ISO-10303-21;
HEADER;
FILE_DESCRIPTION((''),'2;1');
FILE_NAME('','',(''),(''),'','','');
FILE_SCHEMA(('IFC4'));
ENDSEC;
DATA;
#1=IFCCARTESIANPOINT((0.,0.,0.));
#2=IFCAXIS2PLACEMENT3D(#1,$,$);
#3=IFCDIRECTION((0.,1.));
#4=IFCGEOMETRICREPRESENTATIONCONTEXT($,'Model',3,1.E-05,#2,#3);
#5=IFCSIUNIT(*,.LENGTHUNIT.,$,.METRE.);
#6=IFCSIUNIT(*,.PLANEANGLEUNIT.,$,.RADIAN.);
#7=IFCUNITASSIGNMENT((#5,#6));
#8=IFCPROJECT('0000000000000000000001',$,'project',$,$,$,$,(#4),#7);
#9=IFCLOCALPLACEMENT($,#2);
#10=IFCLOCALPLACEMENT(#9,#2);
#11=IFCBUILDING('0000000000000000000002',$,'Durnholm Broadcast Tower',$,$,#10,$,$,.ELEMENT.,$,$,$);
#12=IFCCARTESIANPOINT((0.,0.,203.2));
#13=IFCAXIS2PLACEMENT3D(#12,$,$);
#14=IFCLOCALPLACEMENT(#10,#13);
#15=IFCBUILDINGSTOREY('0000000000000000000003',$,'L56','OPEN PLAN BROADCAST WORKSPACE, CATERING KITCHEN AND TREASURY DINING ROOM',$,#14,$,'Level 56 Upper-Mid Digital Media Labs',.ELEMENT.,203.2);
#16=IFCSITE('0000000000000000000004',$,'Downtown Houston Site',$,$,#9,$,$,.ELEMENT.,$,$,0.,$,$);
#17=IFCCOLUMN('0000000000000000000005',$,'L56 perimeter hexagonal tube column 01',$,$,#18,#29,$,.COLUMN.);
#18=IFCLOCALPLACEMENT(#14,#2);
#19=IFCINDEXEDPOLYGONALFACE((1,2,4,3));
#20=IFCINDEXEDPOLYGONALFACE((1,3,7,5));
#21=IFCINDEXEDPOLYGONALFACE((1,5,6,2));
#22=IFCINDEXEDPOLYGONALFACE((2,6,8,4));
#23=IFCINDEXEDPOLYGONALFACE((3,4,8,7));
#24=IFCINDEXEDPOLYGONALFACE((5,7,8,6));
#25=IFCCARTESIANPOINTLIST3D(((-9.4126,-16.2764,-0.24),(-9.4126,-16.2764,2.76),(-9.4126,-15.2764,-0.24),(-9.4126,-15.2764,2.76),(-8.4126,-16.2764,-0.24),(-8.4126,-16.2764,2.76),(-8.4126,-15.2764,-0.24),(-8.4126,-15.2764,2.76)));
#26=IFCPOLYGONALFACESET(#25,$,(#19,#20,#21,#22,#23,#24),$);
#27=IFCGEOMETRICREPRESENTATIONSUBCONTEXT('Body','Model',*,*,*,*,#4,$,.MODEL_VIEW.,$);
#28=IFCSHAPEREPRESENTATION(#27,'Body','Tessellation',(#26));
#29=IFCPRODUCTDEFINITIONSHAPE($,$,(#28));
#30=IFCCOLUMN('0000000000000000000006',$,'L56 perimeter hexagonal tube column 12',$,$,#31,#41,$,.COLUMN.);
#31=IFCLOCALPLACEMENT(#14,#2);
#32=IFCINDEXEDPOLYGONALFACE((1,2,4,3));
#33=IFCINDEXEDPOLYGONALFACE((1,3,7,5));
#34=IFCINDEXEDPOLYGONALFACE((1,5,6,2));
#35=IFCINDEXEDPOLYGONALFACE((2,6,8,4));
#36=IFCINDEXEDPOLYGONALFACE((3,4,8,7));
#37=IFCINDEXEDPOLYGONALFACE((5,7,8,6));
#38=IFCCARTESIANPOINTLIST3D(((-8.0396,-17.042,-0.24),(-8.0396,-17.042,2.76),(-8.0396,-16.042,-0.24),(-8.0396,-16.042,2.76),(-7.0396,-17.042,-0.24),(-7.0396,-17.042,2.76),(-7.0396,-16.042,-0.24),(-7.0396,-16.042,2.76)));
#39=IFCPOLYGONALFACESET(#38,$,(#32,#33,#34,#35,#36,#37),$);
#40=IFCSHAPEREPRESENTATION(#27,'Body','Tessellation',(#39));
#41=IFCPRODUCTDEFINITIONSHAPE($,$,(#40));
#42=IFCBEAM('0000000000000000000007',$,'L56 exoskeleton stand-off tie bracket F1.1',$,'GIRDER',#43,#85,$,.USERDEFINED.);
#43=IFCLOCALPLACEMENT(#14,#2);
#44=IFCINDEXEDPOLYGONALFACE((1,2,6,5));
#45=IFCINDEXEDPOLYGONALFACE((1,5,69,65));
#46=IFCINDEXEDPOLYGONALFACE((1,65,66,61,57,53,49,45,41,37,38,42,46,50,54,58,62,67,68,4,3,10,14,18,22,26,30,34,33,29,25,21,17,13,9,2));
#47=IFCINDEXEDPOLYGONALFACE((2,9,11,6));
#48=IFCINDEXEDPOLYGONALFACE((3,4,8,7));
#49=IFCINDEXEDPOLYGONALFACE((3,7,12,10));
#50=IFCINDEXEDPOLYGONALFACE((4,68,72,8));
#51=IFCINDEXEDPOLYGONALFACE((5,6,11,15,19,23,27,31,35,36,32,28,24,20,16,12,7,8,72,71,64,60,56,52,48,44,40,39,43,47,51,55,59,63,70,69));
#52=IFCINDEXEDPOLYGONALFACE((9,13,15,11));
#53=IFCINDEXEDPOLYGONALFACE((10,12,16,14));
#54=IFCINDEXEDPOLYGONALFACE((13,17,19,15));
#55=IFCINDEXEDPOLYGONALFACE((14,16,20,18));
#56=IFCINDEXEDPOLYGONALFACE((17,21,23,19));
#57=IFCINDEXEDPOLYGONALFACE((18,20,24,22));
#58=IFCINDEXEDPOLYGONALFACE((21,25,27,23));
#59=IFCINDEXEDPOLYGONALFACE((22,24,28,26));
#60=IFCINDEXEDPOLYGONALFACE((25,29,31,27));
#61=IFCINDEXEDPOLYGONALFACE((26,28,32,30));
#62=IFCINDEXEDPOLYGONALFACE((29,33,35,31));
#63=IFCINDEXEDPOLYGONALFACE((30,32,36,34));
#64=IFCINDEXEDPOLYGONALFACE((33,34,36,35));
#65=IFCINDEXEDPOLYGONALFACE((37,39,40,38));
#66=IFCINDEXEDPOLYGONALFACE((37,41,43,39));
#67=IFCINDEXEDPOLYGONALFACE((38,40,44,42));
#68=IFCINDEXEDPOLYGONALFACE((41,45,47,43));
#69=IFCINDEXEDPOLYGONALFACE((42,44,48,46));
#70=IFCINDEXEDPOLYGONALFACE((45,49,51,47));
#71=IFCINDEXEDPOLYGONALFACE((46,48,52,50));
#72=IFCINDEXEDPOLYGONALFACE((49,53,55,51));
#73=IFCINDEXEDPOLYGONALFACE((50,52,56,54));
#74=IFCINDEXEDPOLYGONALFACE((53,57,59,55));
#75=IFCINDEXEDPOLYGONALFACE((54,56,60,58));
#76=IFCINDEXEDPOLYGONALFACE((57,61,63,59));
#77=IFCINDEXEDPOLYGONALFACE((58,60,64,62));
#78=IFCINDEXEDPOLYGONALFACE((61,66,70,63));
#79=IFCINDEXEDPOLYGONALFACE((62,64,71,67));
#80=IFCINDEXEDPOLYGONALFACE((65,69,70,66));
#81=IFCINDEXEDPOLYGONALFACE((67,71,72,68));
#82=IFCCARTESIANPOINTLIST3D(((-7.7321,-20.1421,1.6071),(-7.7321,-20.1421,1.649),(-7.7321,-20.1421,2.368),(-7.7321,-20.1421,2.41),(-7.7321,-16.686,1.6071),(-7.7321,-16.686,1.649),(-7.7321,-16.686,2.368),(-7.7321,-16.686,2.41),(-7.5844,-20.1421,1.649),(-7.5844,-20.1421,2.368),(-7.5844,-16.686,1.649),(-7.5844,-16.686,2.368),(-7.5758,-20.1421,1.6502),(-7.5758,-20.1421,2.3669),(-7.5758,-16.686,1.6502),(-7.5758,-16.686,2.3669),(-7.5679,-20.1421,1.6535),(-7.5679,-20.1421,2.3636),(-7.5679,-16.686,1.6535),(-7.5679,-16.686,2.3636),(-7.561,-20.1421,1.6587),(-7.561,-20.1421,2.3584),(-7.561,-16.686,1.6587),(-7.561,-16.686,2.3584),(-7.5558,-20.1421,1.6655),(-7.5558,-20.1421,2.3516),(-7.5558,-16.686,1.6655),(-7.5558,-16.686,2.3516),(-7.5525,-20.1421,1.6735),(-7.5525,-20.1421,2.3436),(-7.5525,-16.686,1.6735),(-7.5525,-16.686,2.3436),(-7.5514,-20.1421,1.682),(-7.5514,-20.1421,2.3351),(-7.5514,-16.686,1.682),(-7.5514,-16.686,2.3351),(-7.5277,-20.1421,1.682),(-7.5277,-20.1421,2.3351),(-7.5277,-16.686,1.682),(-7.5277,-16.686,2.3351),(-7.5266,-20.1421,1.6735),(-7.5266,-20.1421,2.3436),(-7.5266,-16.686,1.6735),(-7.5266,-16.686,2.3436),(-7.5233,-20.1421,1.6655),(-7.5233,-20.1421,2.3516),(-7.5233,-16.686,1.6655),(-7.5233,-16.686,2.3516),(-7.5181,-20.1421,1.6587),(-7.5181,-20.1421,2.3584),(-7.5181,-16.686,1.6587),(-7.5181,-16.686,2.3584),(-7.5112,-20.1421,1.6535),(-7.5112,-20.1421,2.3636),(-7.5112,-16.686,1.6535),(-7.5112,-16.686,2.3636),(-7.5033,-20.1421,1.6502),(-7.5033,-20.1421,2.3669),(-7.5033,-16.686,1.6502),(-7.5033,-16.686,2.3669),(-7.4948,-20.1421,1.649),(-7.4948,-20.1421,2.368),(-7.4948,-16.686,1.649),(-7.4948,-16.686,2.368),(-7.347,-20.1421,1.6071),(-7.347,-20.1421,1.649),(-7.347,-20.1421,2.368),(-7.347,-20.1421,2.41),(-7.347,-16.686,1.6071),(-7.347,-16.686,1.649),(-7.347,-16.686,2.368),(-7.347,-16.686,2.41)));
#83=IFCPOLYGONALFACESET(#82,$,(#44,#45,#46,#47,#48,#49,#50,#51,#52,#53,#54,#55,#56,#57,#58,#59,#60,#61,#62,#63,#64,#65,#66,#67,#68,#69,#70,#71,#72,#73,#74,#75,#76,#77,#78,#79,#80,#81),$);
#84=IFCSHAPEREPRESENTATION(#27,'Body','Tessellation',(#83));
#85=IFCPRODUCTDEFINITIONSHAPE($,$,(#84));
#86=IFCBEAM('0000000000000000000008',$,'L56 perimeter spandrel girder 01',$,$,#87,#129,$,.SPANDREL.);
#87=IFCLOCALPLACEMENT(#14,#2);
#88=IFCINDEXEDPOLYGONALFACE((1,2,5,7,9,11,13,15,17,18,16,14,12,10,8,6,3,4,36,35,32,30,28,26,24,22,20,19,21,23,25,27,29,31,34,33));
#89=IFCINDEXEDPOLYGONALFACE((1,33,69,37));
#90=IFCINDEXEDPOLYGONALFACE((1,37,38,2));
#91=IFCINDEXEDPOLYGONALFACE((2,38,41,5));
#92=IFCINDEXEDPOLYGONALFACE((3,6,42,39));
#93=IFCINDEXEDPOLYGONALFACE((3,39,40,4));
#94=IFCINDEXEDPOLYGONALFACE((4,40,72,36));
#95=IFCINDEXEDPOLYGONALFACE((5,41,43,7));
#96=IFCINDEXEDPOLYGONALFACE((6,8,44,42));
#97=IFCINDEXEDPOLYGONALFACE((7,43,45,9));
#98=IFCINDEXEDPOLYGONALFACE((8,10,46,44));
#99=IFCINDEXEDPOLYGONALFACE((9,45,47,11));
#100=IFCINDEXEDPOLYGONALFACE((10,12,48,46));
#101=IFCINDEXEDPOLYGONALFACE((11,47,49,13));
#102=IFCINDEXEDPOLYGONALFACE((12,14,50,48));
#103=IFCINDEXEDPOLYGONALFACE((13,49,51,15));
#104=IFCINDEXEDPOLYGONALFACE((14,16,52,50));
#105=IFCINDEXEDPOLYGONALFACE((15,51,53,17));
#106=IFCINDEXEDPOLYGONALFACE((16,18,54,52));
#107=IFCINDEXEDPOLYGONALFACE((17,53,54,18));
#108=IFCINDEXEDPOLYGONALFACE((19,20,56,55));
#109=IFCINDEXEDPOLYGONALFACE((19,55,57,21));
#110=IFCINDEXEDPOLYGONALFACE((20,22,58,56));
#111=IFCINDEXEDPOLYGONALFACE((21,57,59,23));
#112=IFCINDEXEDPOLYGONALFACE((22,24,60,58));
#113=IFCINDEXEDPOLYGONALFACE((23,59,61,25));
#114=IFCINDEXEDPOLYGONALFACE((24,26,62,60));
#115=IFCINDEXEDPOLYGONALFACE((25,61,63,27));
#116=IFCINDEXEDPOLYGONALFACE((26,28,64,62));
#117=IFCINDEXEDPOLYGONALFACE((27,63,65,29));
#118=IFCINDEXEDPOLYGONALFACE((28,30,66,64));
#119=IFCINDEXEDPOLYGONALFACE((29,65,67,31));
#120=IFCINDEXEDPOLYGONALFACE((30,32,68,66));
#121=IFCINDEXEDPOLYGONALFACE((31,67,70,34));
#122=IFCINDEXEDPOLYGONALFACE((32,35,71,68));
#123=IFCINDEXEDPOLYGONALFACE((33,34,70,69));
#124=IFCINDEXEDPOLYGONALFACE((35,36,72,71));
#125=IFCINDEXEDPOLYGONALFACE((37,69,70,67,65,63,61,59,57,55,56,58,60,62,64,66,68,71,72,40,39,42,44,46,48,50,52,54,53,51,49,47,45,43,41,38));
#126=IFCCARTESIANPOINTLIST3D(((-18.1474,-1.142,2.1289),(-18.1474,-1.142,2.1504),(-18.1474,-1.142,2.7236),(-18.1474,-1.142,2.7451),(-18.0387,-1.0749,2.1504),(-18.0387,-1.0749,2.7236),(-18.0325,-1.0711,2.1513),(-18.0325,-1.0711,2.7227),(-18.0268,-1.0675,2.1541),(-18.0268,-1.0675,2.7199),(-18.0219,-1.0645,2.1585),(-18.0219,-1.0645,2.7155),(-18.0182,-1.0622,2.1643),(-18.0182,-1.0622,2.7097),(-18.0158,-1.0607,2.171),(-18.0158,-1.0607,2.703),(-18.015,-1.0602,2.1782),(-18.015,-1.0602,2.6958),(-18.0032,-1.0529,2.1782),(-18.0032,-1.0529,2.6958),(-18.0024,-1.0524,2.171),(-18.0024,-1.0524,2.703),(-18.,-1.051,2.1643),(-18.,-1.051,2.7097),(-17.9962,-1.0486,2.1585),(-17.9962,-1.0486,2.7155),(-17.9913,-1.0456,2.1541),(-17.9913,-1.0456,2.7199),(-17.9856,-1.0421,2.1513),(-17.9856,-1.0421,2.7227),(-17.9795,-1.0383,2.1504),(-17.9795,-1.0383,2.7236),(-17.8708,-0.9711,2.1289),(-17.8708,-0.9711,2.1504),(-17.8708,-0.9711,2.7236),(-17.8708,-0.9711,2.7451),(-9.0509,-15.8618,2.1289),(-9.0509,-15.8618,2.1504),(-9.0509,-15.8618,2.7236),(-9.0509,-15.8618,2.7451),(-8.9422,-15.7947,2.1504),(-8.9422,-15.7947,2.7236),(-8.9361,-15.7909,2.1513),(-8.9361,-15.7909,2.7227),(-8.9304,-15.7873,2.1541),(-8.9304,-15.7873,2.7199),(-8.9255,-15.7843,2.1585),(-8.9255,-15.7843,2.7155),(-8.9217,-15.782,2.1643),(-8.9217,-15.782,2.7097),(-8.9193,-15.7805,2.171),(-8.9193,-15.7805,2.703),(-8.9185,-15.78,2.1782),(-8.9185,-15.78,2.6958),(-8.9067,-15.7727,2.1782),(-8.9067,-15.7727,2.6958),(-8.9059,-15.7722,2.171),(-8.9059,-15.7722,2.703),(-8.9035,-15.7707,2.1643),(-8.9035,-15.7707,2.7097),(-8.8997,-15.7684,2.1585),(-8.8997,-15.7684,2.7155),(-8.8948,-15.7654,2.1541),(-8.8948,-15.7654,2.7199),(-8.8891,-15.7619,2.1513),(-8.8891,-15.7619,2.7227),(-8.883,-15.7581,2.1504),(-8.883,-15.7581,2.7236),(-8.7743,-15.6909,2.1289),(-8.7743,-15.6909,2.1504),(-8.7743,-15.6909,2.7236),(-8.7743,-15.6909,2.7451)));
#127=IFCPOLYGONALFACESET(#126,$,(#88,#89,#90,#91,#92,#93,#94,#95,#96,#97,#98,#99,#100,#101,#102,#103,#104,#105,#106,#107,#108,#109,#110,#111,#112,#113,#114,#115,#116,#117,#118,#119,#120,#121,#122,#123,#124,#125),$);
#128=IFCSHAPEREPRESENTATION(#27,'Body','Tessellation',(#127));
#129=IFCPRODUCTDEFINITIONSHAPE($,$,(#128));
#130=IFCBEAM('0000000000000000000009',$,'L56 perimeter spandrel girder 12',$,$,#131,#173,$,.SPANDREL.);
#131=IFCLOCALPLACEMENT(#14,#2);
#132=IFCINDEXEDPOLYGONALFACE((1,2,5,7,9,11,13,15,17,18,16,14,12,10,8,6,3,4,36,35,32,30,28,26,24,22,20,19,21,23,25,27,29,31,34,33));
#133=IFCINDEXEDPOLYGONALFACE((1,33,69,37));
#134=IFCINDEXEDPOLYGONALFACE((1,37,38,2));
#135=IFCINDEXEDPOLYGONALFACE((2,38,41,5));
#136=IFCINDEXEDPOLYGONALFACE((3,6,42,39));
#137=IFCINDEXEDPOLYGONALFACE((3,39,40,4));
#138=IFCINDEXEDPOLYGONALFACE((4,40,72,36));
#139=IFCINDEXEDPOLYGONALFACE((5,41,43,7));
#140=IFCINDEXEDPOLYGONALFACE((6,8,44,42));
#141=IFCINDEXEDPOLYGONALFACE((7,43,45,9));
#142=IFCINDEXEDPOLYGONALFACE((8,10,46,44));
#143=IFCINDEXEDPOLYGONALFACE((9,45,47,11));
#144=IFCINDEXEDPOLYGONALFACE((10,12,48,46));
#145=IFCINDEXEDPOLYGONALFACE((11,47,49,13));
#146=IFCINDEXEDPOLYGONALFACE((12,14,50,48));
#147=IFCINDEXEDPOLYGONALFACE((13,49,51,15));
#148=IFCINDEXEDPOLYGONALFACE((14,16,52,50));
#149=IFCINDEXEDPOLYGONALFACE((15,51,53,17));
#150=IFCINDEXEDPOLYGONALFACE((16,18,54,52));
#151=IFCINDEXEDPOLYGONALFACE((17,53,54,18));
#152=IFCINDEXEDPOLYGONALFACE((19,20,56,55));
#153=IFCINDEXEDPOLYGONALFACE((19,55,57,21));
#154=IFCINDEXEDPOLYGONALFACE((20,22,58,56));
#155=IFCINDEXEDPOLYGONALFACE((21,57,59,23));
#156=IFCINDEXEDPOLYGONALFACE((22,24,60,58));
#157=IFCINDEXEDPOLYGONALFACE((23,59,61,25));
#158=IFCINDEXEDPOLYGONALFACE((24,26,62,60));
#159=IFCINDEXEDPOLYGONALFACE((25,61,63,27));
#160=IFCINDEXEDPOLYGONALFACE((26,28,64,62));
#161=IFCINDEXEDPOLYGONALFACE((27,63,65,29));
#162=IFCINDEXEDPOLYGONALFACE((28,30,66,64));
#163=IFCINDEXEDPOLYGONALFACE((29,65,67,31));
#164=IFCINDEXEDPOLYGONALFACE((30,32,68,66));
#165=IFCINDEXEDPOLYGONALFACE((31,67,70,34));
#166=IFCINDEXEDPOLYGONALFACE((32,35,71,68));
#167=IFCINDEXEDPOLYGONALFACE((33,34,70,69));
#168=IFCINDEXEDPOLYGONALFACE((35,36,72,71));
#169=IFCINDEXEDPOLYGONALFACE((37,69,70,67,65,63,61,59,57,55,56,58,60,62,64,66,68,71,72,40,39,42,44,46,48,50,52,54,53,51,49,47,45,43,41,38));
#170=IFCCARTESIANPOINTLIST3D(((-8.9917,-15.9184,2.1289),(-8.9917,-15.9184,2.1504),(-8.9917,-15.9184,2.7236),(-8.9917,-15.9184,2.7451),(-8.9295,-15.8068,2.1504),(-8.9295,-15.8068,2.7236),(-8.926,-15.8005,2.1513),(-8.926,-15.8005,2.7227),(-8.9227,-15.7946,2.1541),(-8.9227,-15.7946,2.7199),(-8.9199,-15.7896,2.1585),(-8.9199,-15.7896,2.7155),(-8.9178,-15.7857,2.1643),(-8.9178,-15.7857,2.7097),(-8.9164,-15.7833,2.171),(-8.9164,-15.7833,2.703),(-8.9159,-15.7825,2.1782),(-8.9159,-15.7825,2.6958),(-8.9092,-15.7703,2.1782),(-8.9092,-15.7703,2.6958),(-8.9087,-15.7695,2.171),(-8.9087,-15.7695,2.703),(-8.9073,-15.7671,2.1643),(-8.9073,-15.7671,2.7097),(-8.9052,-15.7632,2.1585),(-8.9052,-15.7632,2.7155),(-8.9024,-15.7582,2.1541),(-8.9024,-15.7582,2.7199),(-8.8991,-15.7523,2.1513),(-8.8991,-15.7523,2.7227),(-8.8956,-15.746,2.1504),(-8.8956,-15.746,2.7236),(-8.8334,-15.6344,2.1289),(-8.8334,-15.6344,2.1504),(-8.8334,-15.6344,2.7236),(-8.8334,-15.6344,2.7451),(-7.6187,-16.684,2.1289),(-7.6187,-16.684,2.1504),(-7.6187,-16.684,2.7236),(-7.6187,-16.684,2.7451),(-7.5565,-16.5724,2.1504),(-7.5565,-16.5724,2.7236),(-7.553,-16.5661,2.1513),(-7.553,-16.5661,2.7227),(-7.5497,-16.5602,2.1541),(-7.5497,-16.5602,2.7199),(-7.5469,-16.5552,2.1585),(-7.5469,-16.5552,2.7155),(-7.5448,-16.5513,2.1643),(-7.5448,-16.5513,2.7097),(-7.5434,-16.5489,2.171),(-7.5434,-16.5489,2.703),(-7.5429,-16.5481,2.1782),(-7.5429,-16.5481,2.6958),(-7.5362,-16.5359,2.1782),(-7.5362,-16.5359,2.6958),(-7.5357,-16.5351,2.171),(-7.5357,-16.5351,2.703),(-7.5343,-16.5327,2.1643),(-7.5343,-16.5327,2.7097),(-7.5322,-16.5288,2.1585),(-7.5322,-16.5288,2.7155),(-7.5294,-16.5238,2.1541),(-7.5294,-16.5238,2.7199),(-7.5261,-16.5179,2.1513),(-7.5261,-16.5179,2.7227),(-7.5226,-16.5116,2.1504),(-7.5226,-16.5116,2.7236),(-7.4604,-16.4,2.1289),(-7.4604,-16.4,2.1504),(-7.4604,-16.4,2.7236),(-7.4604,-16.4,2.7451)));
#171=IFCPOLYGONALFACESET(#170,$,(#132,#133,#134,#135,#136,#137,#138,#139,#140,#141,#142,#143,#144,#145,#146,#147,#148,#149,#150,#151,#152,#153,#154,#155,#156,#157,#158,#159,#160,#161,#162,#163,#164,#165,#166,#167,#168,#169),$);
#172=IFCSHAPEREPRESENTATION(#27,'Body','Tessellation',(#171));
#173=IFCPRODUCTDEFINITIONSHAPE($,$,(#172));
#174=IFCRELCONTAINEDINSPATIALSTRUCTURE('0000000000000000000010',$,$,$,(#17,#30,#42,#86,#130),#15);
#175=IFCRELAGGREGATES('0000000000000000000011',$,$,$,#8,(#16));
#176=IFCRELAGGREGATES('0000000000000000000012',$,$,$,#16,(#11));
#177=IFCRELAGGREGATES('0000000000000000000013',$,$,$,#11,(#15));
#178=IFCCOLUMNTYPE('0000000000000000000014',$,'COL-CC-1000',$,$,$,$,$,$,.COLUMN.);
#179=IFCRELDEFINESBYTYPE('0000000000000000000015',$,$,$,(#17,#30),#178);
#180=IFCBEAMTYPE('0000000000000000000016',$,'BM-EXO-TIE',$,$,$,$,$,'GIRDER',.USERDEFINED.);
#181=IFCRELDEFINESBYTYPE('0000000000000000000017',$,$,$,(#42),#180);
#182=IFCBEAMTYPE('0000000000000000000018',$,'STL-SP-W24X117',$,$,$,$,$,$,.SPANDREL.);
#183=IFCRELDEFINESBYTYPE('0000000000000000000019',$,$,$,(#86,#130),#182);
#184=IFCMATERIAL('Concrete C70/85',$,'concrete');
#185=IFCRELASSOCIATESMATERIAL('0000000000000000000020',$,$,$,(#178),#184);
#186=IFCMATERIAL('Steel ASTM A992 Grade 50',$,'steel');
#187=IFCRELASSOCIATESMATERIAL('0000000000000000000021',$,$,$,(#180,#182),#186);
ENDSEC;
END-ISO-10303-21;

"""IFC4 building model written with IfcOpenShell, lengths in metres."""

from ifc_helpers import new_model, si_unit, direction, frame, origin, origin_2d, place, context, subcontext, project, spatial, rectangle, i_section, extrude, source, transform, mapped, material, material_profile, profile_set, type_object, type_shapes, element, save


model = new_model("IFC4")

# Units and contexts
model_context = context("Model", 3, precision=1e-05, world=origin(), true_north=direction((0.0, 1.0)))
body_context = subcontext(model_context, "Body", "Model", "MODEL_VIEW")
ifc_project = project(units=[si_unit("LENGTHUNIT", "METRE"), si_unit("PLANEANGLEUNIT", "RADIAN")], contexts=[model_context])

# Site, building, storey
site_placement = place(None, origin())
site = spatial("IfcSite", under=ifc_project, at=site_placement, Name="Downtown Houston Site", CompositionType="ELEMENT", RefElevation=0.0)
building_placement = place(site_placement, origin())
building = spatial("IfcBuilding", under=site, at=building_placement, Name="Durnholm Broadcast Tower", CompositionType="ELEMENT")
storey_placement = place(building_placement, frame((0.0, 0.0, 203.2)))
storey = spatial("IfcBuildingStorey", under=building, at=storey_placement, Name="L56", Description="OPEN PLAN BROADCAST WORKSPACE, CATERING KITCHEN AND TREASURY DINING ROOM", LongName="Level 56 Upper-Mid Digital Media Labs", CompositionType="ELEMENT", Elevation=203.2)

# Columns
ifc_material_1 = material(Name="Concrete C70/85", Category="concrete")
ifc_material_profile_1 = material_profile(ifc_material_1, rectangle(XDim=1.0, YDim=1.0, at=origin_2d()), Name="RC1000X1000")
ifc_profile_set_1 = profile_set([ifc_material_profile_1], Name="Concrete C70/85")
column_type = type_object("IfcColumnType", Name="COL-CC-1000", PredefinedType="COLUMN", material=ifc_profile_set_1)
shared_shape_1 = source(origin(), body_context, "Body", "SweptSolid", [
    extrude(rectangle(XDim=1.0, YDim=1.0, at=origin_2d()), origin(), (0.0, 0.0, 1.0), 3.0),
])
type_shapes(column_type, [shared_shape_1])
for number, where, z_axis, x_axis, name in (
    (1, (-8.9126, -15.7764, -0.24), (0.0, 0.0, 1.0), (1.0, 0.0, 0.0), "L56 perimeter hexagonal tube column 01"),
    (2, (-7.5396, -16.542, -0.24), (0.0, 0.0, 1.0), (1.0, 0.0, 0.0), "L56 perimeter hexagonal tube column 12"),
):
    element("IfcColumn", number, at=place(storey_placement, frame(where, z_axis=z_axis, x_axis=x_axis)), inside=storey, type_object=column_type, Name=name, PredefinedType="COLUMN", context=body_context, shape_type="MappedRepresentation", body=[
        mapped(shared_shape_1, transform((0.0, 0.0, 0.0), x_axis=(1.0, 0.0, 0.0), y_axis=(0.0, 1.0, 0.0), z_axis=(0.0, 0.0, 1.0), scale=1.0)),
    ])

# Beams
ifc_material_2 = material(Name="Steel ASTM A992 Grade 50", Category="steel")
ifc_material_profile_2 = material_profile(ifc_material_2, i_section(OverallWidth=0.385, OverallDepth=0.803, WebThickness=0.0237, FlangeThickness=0.042, FilletRadius=0.033, at=origin_2d()), Name="W30X261")
ifc_profile_set_2 = profile_set([ifc_material_profile_2], Name="Steel ASTM A992 Grade 50")
beam_type_1 = type_object("IfcBeamType", Name="BM-EXO-TIE", ElementType="GIRDER", PredefinedType="USERDEFINED", material=ifc_profile_set_2)
shared_shape_2 = source(origin(), body_context, "Body", "SweptSolid", [
    extrude(i_section(OverallWidth=0.385, OverallDepth=0.803, WebThickness=0.0237, FlangeThickness=0.042, FilletRadius=0.033, at=origin_2d()), origin(), (0.0, 0.0, 1.0), 3.4561),
])
beam_1_placement = place(storey_placement, frame((-7.5396, -16.686, 2.0085), z_axis=(0.0, -1.0, 0.0), x_axis=(1.0, 0.0, 0.0)))
element("IfcBeam", 3, at=beam_1_placement, inside=storey, type_object=beam_type_1, Name="L56 exoskeleton stand-off tie bracket F1.1", ObjectType="GIRDER", PredefinedType="USERDEFINED", context=body_context, shape_type="MappedRepresentation", body=[
    mapped(shared_shape_2, transform((0.0, 0.0, 0.0), x_axis=(1.0, 0.0, 0.0), y_axis=(0.0, 1.0, 0.0), z_axis=(0.0, 0.0, 1.0), scale=1.0)),
])
ifc_material_profile_3 = material_profile(ifc_material_2, i_section(OverallWidth=0.3252, OverallDepth=0.6162, WebThickness=0.0139, FlangeThickness=0.0215, FilletRadius=0.0278, at=origin_2d()), Name="W24X117")
ifc_profile_set_3 = profile_set([ifc_material_profile_3], Name="Steel ASTM A992 Grade 50")
beam_type_2 = type_object("IfcBeamType", Name="STL-SP-W24X117", PredefinedType="SPANDREL", material=ifc_profile_set_3)
shared_shape_3 = source(origin(), body_context, "Body", "SweptSolid", [
    extrude(i_section(OverallWidth=0.3252, OverallDepth=0.6162, WebThickness=0.0139, FlangeThickness=0.0215, FilletRadius=0.0278, at=origin_2d()), origin(), (0.0, 0.0, 1.0), 17.3037),
])
beam_2_placement = place(storey_placement, frame((-8.9126, -15.7764, 2.437), z_axis=(-0.525695, 0.850673, 0.0), x_axis=(-0.850673, -0.525695, 0.0)))
element("IfcBeam", 4, at=beam_2_placement, inside=storey, type_object=beam_type_2, Name="L56 perimeter spandrel girder 01", PredefinedType="SPANDREL", context=body_context, shape_type="MappedRepresentation", body=[
    mapped(shared_shape_3, transform((0.0, 0.0, 0.0), x_axis=(1.0, 0.0, 0.0), y_axis=(0.0, 1.0, 0.0), z_axis=(0.0, 0.0, 1.0), scale=1.0)),
])
shared_shape_4 = source(origin(), body_context, "Body", "SweptSolid", [
    extrude(i_section(OverallWidth=0.3252, OverallDepth=0.6162, WebThickness=0.0139, FlangeThickness=0.0215, FilletRadius=0.0278, at=origin_2d()), origin(), (0.0, 0.0, 1.0), 1.572),
])
type_shapes(beam_type_2, [shared_shape_3, shared_shape_4])
beam_3_placement = place(storey_placement, frame((-7.5396, -16.542, 2.437), z_axis=(-0.873394, 0.487014, 0.0), x_axis=(-0.487014, -0.873394, 0.0)))
element("IfcBeam", 5, at=beam_3_placement, inside=storey, type_object=beam_type_2, Name="L56 perimeter spandrel girder 12", PredefinedType="SPANDREL", context=body_context, shape_type="MappedRepresentation", body=[
    mapped(shared_shape_4, transform((0.0, 0.0, 0.0), x_axis=(1.0, 0.0, 0.0), y_axis=(0.0, 1.0, 0.0), z_axis=(0.0, 0.0, 1.0), scale=1.0)),
])

save(model, "model.ifc")
